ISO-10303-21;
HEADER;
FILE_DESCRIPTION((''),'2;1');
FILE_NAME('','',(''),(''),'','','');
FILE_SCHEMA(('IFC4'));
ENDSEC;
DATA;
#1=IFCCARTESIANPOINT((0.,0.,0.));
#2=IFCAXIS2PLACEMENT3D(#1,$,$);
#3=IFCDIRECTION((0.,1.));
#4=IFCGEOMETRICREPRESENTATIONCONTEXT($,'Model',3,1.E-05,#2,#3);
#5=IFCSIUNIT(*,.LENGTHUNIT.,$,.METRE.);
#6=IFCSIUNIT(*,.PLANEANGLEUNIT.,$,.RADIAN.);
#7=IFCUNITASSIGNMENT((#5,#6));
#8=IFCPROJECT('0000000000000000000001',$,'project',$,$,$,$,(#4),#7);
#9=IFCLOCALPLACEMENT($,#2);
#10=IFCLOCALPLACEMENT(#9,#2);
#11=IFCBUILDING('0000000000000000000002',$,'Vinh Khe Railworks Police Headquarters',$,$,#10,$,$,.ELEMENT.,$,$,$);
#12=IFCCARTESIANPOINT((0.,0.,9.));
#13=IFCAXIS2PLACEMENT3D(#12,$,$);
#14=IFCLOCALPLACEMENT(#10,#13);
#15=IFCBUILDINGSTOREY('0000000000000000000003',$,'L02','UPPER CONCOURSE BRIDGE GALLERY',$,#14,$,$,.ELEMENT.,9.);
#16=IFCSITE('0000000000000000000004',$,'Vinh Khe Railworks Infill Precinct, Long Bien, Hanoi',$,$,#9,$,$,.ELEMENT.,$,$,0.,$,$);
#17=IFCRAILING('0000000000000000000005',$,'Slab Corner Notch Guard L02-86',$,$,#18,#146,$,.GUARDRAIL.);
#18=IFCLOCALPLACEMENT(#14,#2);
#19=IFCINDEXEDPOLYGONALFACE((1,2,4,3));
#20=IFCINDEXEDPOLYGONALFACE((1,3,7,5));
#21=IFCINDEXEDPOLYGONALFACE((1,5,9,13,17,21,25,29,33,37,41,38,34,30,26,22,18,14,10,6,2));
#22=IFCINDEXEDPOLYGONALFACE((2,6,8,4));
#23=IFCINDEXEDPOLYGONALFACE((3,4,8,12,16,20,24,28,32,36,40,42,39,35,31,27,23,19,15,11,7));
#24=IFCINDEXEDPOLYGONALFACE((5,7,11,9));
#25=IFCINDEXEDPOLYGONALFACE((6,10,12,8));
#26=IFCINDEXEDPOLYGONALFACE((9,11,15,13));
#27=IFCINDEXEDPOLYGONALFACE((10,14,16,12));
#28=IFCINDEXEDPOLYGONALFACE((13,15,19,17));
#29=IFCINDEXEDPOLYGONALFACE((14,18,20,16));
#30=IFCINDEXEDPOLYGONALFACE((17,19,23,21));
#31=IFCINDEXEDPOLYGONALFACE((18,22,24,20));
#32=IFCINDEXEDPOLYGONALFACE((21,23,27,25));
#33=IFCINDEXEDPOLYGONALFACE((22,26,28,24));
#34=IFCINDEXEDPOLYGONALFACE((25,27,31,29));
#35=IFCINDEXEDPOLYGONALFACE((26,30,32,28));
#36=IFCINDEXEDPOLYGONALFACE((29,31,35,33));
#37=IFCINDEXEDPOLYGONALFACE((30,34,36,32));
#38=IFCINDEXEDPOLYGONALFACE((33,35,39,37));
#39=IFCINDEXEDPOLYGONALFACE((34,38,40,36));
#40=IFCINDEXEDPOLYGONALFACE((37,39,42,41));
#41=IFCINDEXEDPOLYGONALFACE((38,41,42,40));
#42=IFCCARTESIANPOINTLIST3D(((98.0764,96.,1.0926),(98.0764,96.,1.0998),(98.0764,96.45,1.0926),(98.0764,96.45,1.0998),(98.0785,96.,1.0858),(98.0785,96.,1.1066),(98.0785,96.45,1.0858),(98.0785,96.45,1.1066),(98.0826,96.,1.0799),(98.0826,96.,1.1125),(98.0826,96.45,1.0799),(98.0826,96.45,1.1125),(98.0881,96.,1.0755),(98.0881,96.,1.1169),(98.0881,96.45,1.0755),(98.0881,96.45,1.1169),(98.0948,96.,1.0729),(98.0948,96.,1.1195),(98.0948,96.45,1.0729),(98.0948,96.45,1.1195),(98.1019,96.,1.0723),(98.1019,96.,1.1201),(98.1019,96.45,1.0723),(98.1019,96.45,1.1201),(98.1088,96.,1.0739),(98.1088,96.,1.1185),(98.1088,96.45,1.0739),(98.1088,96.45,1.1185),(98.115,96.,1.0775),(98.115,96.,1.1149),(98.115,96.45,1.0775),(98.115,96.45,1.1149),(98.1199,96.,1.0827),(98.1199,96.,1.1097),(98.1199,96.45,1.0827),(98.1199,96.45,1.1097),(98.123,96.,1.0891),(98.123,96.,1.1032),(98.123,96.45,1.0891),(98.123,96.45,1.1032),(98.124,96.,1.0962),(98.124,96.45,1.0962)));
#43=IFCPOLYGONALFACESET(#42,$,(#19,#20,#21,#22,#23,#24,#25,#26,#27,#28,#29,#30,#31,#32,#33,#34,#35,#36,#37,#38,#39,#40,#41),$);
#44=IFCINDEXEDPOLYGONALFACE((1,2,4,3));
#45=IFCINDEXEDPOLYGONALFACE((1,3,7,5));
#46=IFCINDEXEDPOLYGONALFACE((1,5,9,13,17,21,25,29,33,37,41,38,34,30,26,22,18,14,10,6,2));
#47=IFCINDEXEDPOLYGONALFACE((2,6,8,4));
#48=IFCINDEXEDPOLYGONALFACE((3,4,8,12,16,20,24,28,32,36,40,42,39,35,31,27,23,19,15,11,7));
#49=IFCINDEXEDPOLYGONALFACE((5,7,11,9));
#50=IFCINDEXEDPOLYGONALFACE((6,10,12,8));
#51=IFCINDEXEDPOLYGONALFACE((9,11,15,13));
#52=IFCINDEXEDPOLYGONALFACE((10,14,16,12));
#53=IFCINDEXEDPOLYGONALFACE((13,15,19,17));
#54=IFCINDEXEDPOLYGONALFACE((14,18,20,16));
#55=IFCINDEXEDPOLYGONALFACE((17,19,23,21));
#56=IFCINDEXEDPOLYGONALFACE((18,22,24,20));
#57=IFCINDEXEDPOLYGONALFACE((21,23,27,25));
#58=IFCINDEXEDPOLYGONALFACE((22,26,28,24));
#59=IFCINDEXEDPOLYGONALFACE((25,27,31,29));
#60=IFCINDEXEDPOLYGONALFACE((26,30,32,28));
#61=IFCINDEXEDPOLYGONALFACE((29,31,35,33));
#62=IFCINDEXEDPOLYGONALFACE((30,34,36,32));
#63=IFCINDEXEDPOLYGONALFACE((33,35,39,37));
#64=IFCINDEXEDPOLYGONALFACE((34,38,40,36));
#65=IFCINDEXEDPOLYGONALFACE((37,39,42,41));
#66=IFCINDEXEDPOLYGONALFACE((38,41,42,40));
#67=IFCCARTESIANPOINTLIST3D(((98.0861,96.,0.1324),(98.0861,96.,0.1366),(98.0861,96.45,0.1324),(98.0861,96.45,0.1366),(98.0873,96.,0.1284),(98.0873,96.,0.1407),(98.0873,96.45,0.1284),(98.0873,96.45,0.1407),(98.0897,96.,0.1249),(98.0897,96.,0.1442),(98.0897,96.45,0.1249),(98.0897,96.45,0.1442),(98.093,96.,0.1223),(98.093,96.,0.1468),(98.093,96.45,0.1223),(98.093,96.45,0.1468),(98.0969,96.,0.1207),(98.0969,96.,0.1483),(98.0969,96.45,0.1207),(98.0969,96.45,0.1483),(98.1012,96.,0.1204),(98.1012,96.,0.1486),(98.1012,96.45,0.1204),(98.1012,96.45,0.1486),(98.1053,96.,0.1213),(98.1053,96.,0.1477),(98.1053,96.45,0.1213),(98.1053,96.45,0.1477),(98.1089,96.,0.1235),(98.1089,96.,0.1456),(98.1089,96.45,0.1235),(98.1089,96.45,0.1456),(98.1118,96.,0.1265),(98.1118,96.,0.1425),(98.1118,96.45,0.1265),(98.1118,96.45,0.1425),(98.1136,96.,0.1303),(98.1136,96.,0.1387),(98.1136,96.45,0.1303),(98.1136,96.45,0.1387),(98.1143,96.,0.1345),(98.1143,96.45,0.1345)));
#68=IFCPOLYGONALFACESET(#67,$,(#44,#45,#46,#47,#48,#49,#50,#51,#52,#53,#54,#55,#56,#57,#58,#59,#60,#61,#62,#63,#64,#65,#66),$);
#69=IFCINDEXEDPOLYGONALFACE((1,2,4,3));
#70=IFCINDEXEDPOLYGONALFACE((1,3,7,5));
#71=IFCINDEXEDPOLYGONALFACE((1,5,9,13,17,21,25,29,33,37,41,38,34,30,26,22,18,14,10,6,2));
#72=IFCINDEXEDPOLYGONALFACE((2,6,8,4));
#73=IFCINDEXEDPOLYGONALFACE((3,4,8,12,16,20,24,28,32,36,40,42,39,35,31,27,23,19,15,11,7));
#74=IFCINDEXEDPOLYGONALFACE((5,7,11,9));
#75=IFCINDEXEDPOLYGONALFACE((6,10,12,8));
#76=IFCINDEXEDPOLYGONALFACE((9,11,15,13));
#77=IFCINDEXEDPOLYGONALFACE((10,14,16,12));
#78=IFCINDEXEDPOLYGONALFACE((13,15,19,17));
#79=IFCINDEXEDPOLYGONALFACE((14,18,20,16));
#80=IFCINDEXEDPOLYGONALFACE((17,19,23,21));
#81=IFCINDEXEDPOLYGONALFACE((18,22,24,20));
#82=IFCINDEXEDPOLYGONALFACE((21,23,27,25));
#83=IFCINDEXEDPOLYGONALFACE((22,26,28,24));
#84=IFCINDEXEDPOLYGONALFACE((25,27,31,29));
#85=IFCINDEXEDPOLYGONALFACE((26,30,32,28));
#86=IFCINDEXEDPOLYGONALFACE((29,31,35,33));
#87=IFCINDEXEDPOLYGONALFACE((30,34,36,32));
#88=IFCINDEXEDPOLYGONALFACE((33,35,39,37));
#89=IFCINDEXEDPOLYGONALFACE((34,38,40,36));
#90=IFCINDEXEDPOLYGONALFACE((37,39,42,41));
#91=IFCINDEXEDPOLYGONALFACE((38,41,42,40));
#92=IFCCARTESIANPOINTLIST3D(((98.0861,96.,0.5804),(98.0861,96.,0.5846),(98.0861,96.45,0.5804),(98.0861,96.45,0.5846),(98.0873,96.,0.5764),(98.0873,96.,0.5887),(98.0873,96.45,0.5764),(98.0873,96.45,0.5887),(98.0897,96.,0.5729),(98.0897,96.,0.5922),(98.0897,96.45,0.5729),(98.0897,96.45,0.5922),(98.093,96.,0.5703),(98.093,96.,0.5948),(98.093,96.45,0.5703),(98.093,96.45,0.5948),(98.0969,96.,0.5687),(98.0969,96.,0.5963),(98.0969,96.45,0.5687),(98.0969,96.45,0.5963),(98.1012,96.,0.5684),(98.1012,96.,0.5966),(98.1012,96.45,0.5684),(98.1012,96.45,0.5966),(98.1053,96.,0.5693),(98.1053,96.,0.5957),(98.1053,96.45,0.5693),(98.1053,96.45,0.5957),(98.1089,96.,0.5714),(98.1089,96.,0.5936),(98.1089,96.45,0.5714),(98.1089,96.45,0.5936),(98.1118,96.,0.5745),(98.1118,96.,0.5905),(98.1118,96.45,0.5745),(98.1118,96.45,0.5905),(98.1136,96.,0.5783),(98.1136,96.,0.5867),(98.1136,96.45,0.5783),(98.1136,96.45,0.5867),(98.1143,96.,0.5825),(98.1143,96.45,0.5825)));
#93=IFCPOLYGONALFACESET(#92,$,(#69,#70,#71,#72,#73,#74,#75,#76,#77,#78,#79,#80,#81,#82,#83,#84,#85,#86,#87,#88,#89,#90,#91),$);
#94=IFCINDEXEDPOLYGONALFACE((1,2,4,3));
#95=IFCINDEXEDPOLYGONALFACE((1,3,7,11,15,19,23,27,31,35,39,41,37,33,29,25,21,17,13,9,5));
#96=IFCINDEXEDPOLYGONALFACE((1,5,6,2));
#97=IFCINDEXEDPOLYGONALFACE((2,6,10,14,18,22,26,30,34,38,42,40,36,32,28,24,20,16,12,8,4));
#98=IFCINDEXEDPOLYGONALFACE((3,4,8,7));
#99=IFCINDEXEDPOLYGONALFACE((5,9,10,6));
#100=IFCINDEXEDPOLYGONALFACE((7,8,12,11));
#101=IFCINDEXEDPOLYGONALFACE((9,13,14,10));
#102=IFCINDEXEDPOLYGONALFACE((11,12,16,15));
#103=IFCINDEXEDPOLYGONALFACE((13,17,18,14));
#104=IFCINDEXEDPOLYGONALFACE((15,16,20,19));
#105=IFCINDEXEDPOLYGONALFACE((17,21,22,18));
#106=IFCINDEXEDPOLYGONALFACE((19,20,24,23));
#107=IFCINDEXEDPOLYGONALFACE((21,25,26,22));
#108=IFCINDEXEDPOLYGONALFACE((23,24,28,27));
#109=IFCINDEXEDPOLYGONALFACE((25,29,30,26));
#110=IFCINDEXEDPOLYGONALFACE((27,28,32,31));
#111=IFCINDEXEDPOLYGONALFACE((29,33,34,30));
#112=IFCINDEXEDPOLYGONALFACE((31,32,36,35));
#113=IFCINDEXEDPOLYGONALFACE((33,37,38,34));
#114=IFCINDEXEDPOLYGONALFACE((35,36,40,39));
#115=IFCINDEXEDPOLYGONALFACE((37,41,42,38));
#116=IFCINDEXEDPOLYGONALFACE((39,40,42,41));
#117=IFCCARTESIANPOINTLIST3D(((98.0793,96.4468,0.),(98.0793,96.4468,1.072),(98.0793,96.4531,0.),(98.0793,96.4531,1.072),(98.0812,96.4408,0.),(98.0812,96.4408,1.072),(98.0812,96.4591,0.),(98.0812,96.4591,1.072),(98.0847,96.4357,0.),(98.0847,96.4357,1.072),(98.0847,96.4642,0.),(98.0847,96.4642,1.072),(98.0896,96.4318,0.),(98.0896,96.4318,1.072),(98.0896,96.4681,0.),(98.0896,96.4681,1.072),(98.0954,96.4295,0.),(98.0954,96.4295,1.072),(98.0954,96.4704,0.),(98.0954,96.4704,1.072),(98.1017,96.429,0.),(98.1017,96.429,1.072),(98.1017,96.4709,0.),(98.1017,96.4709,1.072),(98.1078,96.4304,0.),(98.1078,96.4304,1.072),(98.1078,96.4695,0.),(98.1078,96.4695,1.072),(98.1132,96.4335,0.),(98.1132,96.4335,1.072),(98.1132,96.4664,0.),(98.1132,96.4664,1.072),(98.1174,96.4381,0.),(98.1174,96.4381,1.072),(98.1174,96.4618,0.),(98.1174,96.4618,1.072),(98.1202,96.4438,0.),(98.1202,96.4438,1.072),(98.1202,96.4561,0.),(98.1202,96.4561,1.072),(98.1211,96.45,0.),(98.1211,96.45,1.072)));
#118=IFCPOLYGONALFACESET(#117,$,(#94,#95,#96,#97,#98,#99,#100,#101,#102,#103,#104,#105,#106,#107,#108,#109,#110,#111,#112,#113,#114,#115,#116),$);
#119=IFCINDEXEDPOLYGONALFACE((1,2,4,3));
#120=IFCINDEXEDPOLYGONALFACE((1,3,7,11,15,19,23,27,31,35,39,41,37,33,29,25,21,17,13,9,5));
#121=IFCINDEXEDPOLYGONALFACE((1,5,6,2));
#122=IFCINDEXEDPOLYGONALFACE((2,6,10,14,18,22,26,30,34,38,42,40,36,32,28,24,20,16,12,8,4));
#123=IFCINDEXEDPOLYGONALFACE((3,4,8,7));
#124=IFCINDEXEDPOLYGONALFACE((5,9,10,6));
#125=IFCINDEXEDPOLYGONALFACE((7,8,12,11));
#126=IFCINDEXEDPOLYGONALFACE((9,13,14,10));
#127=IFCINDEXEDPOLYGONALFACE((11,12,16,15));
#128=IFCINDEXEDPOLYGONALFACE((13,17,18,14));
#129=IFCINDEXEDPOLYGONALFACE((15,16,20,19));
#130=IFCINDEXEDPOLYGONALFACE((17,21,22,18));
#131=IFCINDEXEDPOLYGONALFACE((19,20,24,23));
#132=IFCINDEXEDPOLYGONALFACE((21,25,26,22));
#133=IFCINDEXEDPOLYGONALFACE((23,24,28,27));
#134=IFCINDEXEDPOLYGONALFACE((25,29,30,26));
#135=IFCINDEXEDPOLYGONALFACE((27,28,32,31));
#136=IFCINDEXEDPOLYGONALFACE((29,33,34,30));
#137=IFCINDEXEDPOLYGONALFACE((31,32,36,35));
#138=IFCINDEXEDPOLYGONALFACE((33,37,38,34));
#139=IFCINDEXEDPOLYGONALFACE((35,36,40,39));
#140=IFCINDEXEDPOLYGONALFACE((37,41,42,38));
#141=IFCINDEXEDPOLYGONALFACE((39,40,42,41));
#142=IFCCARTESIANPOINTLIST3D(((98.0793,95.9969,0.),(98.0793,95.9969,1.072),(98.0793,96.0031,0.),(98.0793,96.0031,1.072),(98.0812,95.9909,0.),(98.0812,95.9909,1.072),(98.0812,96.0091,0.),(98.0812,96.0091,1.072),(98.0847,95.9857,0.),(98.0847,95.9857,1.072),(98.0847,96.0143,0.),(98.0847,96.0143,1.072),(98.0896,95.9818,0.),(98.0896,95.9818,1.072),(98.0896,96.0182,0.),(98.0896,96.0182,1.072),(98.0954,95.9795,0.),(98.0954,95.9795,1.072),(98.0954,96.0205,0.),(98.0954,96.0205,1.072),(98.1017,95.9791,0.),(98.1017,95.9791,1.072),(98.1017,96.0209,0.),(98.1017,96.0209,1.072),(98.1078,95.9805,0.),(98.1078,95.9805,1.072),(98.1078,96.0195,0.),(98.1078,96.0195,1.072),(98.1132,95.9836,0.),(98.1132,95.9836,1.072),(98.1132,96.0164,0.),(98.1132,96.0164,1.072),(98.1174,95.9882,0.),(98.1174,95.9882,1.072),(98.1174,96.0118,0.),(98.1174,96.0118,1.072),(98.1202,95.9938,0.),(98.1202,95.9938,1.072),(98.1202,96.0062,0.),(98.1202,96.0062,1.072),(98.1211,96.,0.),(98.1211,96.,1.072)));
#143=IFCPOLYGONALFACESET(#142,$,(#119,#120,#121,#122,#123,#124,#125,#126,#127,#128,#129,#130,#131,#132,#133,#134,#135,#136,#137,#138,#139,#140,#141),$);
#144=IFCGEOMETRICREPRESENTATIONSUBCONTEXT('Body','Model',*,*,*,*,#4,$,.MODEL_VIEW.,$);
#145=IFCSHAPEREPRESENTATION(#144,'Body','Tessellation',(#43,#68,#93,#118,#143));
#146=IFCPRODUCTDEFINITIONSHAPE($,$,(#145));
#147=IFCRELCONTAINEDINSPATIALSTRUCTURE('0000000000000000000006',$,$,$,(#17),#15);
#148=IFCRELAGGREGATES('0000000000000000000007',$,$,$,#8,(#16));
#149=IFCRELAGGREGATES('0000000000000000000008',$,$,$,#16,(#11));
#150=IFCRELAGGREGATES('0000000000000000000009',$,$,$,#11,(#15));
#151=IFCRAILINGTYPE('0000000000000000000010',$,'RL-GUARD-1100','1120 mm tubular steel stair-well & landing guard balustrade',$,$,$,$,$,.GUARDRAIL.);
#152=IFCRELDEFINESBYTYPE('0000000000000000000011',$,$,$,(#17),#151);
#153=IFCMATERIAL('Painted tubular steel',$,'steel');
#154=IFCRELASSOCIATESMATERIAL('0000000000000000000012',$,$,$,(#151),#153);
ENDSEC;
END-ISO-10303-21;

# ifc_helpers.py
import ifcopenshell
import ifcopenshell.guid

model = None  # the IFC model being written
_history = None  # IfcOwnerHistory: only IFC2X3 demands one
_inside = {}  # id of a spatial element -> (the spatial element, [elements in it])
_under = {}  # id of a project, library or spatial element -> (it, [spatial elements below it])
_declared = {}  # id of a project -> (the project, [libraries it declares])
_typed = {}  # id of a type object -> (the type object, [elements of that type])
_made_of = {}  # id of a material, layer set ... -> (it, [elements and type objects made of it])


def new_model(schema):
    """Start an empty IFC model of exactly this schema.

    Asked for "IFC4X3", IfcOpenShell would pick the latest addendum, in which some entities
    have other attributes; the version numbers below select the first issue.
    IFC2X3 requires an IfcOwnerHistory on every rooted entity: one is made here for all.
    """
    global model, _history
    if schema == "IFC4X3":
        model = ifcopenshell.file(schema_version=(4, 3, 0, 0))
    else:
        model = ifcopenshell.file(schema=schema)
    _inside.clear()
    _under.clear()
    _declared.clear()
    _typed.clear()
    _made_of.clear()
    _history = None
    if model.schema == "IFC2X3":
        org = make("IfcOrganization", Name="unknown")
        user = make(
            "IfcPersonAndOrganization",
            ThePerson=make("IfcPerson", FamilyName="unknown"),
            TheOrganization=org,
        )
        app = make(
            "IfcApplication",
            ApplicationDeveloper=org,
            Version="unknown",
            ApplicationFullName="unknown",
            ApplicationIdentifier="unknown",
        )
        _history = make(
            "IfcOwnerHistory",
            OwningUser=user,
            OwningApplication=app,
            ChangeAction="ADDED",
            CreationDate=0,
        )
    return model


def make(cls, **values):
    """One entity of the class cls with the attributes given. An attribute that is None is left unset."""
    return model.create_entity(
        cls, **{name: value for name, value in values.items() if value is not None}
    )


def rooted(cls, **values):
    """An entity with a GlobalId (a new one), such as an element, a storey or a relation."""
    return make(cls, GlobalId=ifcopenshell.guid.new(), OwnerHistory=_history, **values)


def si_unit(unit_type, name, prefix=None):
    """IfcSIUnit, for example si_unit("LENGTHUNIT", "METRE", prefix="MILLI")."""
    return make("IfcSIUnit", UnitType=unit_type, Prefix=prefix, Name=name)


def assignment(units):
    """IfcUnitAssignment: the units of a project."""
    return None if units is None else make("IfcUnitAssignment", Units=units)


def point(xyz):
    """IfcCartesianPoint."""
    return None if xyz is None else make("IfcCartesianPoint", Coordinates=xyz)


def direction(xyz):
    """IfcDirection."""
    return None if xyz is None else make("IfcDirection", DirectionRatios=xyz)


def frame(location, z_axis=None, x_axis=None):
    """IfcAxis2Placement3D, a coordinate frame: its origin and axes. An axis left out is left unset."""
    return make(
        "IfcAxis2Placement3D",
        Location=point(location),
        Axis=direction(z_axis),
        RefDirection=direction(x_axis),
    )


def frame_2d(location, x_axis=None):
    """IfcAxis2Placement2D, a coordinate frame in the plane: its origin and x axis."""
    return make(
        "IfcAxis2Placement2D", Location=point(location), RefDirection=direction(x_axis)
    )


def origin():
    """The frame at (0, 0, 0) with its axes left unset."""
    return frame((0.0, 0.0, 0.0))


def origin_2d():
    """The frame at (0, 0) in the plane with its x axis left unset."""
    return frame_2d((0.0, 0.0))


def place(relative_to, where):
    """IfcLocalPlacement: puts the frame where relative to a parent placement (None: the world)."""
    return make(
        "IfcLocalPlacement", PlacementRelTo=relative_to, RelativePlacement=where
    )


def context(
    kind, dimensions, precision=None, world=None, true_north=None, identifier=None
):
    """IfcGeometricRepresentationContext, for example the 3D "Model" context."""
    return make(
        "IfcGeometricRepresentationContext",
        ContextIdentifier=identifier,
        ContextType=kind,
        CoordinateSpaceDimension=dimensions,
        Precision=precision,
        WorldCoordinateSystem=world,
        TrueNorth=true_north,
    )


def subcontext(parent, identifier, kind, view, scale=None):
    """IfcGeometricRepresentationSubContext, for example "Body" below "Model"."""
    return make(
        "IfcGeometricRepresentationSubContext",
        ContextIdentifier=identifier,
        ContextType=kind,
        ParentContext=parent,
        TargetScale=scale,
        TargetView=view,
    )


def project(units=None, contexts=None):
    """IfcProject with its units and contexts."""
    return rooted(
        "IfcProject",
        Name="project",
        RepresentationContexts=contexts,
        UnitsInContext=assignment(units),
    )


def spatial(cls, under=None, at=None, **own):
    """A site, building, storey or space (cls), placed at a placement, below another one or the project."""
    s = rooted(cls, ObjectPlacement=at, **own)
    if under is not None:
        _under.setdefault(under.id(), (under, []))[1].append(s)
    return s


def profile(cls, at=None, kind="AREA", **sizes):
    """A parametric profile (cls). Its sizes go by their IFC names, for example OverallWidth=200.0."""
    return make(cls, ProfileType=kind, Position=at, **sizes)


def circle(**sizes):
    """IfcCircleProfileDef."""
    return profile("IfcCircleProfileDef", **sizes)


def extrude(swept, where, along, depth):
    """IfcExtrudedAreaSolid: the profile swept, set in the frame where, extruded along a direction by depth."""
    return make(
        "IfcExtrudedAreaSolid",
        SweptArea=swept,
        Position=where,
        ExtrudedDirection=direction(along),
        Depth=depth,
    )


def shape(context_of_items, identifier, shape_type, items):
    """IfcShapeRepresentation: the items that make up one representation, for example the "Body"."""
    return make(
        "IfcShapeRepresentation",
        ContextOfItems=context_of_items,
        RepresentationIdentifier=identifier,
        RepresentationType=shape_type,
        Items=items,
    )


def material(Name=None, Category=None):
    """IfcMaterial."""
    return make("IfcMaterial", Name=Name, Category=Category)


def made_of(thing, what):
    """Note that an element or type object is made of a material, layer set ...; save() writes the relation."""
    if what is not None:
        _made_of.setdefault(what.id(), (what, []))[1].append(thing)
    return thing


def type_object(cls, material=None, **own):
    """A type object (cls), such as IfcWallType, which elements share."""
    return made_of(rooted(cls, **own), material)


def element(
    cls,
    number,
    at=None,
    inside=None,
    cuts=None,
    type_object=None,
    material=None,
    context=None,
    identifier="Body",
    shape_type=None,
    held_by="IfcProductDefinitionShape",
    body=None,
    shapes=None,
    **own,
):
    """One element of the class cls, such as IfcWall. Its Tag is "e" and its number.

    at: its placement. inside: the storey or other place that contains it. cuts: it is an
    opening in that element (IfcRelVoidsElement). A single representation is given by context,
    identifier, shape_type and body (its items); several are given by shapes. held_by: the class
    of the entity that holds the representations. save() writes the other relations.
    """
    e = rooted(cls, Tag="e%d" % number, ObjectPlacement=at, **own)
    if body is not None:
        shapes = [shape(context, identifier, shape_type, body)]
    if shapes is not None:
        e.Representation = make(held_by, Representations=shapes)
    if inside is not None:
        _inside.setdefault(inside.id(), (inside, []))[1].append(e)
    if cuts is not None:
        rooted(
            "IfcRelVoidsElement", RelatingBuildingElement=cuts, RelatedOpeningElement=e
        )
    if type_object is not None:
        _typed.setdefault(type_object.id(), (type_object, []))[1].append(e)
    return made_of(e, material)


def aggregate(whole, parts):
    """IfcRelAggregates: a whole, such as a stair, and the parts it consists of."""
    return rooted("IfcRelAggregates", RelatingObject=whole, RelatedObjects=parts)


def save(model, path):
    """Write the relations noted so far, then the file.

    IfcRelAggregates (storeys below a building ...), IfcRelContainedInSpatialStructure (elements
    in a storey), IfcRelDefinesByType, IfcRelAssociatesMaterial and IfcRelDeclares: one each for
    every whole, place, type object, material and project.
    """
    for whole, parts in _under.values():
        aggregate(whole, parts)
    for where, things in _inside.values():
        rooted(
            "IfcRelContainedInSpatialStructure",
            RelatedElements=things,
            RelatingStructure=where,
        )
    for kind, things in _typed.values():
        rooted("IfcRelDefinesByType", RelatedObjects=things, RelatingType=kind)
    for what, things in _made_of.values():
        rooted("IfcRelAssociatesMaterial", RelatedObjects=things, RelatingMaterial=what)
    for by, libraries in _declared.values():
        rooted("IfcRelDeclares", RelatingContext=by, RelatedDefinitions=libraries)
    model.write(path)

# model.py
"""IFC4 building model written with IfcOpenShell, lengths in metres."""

from ifc_helpers import new_model, si_unit, direction, frame, origin, origin_2d, place, context, subcontext, project, spatial, circle, extrude, material, type_object, element, save


model = new_model("IFC4")

# Units and contexts
model_context = context("Model", 3, precision=1e-05, world=origin(), true_north=direction((0.0, 1.0)))
body_context = subcontext(model_context, "Body", "Model", "MODEL_VIEW")
ifc_project = project(units=[si_unit("LENGTHUNIT", "METRE"), si_unit("PLANEANGLEUNIT", "RADIAN")], contexts=[model_context])

# Site, building, storey
site_placement = place(None, origin())
site = spatial("IfcSite", under=ifc_project, at=site_placement, Name="Vinh Khe Railworks Infill Precinct, Long Bien, Hanoi", CompositionType="ELEMENT", RefElevation=0.0)
building_placement = place(site_placement, origin())
building = spatial("IfcBuilding", under=site, at=building_placement, Name="Vinh Khe Railworks Police Headquarters", CompositionType="ELEMENT")
storey_placement = place(building_placement, frame((0.0, 0.0, 9.0)))
storey = spatial("IfcBuildingStorey", under=building, at=storey_placement, Name="L02", Description="UPPER CONCOURSE BRIDGE GALLERY", CompositionType="ELEMENT", Elevation=9.0)

# Railing
ifc_material_1 = material(Name="Painted tubular steel", Category="steel")
railing_type = type_object("IfcRailingType", Name="RL-GUARD-1100", Description="1120 mm tubular steel stair-well & landing guard balustrade", PredefinedType="GUARDRAIL", material=ifc_material_1)
railing_1_placement = place(storey_placement, frame((98.1001, 96.45, 0.0)))
element("IfcRailing", 1, at=railing_1_placement, inside=storey, type_object=railing_type, Name="Slab Corner Notch Guard L02-86", PredefinedType="GUARDRAIL", context=body_context, shape_type="SweptSolid", body=[
    extrude(circle(Radius=0.0239, at=origin_2d()), frame((0.0, 0.0, 1.0962), z_axis=(0.0, -1.0, 0.0), x_axis=(1.0, 0.0, 0.0)), (0.0, 0.0, 1.0), 0.45),
    extrude(circle(Radius=0.0142, at=origin_2d()), frame((0.0, 0.0, 0.1345), z_axis=(0.0, -1.0, 0.0), x_axis=(1.0, 0.0, 0.0)), (0.0, 0.0, 1.0), 0.45),
    extrude(circle(Radius=0.0142, at=origin_2d()), frame((0.0, 0.0, 0.5825), z_axis=(0.0, -1.0, 0.0), x_axis=(1.0, 0.0, 0.0)), (0.0, 0.0, 1.0), 0.45),
    extrude(circle(Radius=0.021, at=origin_2d()), origin(), (0.0, 0.0, 1.0), 1.072),
    extrude(circle(Radius=0.021, at=origin_2d()), frame((0.0, -0.45, 0.0)), (0.0, 0.0, 1.0), 1.072),
])

save(model, "model.ifc")
